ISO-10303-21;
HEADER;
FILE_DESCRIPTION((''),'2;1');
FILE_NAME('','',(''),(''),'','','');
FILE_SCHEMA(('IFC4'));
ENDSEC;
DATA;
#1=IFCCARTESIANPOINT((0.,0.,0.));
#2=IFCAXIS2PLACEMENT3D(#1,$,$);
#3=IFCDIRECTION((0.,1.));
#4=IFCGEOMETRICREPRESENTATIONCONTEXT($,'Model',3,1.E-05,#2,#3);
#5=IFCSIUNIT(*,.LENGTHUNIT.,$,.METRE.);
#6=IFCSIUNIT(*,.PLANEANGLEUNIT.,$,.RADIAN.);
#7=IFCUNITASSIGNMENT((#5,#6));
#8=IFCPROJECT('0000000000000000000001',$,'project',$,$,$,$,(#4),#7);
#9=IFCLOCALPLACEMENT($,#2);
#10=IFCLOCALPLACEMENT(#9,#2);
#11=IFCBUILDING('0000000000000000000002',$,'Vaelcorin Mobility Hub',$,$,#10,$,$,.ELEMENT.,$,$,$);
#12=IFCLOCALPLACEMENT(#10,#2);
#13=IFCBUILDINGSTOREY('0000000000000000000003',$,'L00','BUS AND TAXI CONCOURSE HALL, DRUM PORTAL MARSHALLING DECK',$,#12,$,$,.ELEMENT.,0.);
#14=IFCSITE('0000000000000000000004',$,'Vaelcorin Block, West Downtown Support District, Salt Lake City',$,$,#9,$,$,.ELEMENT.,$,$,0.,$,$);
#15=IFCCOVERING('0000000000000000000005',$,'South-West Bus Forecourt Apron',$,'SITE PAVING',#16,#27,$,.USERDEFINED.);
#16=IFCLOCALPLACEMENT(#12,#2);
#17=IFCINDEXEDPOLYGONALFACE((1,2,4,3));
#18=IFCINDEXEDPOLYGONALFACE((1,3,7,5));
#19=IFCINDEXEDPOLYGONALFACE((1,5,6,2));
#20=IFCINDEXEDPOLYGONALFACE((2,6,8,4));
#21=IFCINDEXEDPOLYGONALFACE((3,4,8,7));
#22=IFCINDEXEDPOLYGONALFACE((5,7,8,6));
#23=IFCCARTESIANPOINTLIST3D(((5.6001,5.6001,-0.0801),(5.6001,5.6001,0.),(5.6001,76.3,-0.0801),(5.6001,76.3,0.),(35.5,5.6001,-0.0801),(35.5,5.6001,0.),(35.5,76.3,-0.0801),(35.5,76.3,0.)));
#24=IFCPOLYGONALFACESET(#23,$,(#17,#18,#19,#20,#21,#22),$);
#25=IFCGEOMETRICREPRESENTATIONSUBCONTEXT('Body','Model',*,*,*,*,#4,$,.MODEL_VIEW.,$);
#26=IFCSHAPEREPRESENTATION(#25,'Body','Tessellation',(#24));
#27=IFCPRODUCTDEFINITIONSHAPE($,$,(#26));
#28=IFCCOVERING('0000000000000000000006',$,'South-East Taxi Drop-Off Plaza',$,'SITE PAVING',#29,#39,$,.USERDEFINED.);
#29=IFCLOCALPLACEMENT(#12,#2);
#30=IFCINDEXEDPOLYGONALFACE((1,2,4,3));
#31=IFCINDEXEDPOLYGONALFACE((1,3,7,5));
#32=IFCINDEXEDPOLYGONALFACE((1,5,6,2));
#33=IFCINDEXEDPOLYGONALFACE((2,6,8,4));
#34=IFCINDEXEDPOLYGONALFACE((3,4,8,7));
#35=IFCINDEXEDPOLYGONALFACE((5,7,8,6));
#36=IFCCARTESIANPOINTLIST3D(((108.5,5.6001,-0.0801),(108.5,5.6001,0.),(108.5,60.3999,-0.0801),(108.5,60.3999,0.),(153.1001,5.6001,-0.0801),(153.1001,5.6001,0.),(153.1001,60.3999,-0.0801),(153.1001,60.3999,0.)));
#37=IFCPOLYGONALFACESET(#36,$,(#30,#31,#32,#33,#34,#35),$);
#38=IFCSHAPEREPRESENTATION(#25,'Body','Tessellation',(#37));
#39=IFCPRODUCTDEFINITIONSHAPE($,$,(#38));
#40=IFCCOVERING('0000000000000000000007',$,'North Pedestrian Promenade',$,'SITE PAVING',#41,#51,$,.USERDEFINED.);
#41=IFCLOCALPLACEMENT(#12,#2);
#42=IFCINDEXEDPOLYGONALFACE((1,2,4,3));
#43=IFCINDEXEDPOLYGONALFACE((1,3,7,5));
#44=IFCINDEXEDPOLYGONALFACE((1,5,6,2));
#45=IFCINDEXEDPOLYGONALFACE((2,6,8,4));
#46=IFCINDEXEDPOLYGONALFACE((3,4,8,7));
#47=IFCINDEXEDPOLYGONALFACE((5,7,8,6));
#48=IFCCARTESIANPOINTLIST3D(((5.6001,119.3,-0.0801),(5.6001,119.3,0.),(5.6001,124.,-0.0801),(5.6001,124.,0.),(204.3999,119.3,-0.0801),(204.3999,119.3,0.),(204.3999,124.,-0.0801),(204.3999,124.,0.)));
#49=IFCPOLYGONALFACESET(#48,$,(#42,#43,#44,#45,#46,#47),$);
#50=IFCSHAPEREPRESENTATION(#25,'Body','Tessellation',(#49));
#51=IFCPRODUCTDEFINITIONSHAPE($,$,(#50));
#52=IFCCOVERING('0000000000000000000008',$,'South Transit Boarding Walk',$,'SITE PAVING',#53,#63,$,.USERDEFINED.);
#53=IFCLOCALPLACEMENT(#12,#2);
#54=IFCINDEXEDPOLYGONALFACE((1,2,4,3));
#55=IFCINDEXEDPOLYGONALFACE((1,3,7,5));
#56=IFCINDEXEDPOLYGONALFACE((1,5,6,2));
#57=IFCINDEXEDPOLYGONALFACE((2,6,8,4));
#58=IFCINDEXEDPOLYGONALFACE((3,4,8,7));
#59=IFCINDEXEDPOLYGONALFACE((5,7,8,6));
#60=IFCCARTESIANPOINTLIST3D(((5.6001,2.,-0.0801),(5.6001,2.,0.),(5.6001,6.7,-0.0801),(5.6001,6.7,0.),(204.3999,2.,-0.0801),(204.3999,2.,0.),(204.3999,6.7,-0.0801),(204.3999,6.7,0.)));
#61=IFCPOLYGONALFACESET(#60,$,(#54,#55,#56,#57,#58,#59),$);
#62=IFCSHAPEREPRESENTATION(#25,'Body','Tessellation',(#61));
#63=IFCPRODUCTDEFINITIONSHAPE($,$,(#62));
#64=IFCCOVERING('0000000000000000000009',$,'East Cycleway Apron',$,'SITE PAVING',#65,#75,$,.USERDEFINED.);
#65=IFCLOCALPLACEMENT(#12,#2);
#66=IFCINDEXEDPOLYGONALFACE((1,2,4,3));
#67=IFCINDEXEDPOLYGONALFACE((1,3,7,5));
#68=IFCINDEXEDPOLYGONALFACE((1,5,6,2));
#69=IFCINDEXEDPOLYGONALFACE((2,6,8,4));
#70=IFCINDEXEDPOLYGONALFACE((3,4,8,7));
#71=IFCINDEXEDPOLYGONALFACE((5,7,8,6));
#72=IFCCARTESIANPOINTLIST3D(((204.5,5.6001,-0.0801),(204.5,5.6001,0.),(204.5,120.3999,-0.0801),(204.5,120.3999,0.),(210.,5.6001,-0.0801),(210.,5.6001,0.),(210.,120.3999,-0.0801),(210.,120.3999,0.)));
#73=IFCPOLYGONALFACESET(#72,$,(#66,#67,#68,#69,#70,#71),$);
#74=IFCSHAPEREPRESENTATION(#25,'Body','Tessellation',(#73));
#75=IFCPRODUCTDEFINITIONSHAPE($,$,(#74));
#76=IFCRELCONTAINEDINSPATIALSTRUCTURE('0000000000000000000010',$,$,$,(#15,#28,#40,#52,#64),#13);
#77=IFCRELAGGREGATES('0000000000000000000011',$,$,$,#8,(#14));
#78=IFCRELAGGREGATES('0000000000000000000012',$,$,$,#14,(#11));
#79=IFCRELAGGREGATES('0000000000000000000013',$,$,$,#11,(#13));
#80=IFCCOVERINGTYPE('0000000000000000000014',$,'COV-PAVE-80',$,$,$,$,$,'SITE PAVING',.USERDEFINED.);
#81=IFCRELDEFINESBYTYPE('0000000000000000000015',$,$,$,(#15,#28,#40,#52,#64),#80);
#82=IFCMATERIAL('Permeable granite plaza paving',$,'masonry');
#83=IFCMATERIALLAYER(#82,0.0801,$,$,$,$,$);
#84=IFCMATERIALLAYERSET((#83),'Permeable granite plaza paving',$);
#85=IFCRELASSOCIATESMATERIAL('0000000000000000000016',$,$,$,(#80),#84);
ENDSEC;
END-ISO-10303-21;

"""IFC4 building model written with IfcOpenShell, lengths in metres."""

from ifc_helpers import new_model, si_unit, direction, frame, origin, place, context, subcontext, project, spatial, polyline, outline, extrude, material, layer, layer_set, type_object, element, save


model = new_model("IFC4")

# Units and contexts
model_context = context("Model", 3, precision=1e-05, world=origin(), true_north=direction((0.0, 1.0)))
body_context = subcontext(model_context, "Body", "Model", "MODEL_VIEW")
ifc_project = project(units=[si_unit("LENGTHUNIT", "METRE"), si_unit("PLANEANGLEUNIT", "RADIAN")], contexts=[model_context])

# Site, building, storey
site_placement = place(None, origin())
site = spatial("IfcSite", under=ifc_project, at=site_placement, Name="Vaelcorin Block, West Downtown Support District, Salt Lake City", CompositionType="ELEMENT", RefElevation=0.0)
building_placement = place(site_placement, origin())
building = spatial("IfcBuilding", under=site, at=building_placement, Name="Vaelcorin Mobility Hub", CompositionType="ELEMENT")
storey_placement = place(building_placement, origin())
storey = spatial("IfcBuildingStorey", under=building, at=storey_placement, Name="L00", Description="BUS AND TAXI CONCOURSE HALL, DRUM PORTAL MARSHALLING DECK", CompositionType="ELEMENT", Elevation=0.0)

# Coverings
ifc_material_1 = material(Name="Permeable granite plaza paving", Category="masonry")
ifc_layer_1 = layer(ifc_material_1, 0.0801)
ifc_layer_set_1 = layer_set([ifc_layer_1], Name="Permeable granite plaza paving")
covering_type_1 = type_object("IfcCoveringType", Name="COV-PAVE-80", ElementType="SITE PAVING", PredefinedType="USERDEFINED", material=ifc_layer_set_1)
covering_1_placement = place(storey_placement, frame((0.0, 0.0, -0.0801)))
element("IfcCovering", 1, at=covering_1_placement, inside=storey, type_object=covering_type_1, Name="South-West Bus Forecourt Apron", ObjectType="SITE PAVING", PredefinedType="USERDEFINED", context=body_context, shape_type="SweptSolid", body=[
    extrude(outline(polyline([(5.6001, 5.6001), (35.5, 5.6001), (35.5, 76.3), (5.6001, 76.3), (5.6001, 5.6001)])), origin(), (0.0, 0.0, 1.0), 0.0801),
])
covering_2_placement = place(storey_placement, frame((0.0, 0.0, -0.0801)))
element("IfcCovering", 2, at=covering_2_placement, inside=storey, type_object=covering_type_1, Name="South-East Taxi Drop-Off Plaza", ObjectType="SITE PAVING", PredefinedType="USERDEFINED", context=body_context, shape_type="SweptSolid", body=[
    extrude(outline(polyline([(108.5, 5.6001), (153.1001, 5.6001), (153.1001, 60.3999), (108.5, 60.3999), (108.5, 5.6001)])), origin(), (0.0, 0.0, 1.0), 0.0801),
])
covering_3_placement = place(storey_placement, frame((0.0, 0.0, -0.0801)))
element("IfcCovering", 3, at=covering_3_placement, inside=storey, type_object=covering_type_1, Name="North Pedestrian Promenade", ObjectType="SITE PAVING", PredefinedType="USERDEFINED", context=body_context, shape_type="SweptSolid", body=[
    extrude(outline(polyline([(5.6001, 119.3), (204.3999, 119.3), (204.3999, 124.0), (5.6001, 124.0), (5.6001, 119.3)])), origin(), (0.0, 0.0, 1.0), 0.0801),
])
covering_4_placement = place(storey_placement, frame((0.0, 0.0, -0.0801)))
element("IfcCovering", 4, at=covering_4_placement, inside=storey, type_object=covering_type_1, Name="South Transit Boarding Walk", ObjectType="SITE PAVING", PredefinedType="USERDEFINED", context=body_context, shape_type="SweptSolid", body=[
    extrude(outline(polyline([(5.6001, 2.0), (204.3999, 2.0), (204.3999, 6.7), (5.6001, 6.7), (5.6001, 2.0)])), origin(), (0.0, 0.0, 1.0), 0.0801),
])
covering_5_placement = place(storey_placement, frame((0.0, 0.0, -0.0801)))
element("IfcCovering", 5, at=covering_5_placement, inside=storey, type_object=covering_type_1, Name="East Cycleway Apron", ObjectType="SITE PAVING", PredefinedType="USERDEFINED", context=body_context, shape_type="SweptSolid", body=[
    extrude(outline(polyline([(204.5, 5.6001), (210.0, 5.6001), (210.0, 120.3999), (204.5, 120.3999), (204.5, 5.6001)])), origin(), (0.0, 0.0, 1.0), 0.0801),
])

save(model, "model.ifc")
